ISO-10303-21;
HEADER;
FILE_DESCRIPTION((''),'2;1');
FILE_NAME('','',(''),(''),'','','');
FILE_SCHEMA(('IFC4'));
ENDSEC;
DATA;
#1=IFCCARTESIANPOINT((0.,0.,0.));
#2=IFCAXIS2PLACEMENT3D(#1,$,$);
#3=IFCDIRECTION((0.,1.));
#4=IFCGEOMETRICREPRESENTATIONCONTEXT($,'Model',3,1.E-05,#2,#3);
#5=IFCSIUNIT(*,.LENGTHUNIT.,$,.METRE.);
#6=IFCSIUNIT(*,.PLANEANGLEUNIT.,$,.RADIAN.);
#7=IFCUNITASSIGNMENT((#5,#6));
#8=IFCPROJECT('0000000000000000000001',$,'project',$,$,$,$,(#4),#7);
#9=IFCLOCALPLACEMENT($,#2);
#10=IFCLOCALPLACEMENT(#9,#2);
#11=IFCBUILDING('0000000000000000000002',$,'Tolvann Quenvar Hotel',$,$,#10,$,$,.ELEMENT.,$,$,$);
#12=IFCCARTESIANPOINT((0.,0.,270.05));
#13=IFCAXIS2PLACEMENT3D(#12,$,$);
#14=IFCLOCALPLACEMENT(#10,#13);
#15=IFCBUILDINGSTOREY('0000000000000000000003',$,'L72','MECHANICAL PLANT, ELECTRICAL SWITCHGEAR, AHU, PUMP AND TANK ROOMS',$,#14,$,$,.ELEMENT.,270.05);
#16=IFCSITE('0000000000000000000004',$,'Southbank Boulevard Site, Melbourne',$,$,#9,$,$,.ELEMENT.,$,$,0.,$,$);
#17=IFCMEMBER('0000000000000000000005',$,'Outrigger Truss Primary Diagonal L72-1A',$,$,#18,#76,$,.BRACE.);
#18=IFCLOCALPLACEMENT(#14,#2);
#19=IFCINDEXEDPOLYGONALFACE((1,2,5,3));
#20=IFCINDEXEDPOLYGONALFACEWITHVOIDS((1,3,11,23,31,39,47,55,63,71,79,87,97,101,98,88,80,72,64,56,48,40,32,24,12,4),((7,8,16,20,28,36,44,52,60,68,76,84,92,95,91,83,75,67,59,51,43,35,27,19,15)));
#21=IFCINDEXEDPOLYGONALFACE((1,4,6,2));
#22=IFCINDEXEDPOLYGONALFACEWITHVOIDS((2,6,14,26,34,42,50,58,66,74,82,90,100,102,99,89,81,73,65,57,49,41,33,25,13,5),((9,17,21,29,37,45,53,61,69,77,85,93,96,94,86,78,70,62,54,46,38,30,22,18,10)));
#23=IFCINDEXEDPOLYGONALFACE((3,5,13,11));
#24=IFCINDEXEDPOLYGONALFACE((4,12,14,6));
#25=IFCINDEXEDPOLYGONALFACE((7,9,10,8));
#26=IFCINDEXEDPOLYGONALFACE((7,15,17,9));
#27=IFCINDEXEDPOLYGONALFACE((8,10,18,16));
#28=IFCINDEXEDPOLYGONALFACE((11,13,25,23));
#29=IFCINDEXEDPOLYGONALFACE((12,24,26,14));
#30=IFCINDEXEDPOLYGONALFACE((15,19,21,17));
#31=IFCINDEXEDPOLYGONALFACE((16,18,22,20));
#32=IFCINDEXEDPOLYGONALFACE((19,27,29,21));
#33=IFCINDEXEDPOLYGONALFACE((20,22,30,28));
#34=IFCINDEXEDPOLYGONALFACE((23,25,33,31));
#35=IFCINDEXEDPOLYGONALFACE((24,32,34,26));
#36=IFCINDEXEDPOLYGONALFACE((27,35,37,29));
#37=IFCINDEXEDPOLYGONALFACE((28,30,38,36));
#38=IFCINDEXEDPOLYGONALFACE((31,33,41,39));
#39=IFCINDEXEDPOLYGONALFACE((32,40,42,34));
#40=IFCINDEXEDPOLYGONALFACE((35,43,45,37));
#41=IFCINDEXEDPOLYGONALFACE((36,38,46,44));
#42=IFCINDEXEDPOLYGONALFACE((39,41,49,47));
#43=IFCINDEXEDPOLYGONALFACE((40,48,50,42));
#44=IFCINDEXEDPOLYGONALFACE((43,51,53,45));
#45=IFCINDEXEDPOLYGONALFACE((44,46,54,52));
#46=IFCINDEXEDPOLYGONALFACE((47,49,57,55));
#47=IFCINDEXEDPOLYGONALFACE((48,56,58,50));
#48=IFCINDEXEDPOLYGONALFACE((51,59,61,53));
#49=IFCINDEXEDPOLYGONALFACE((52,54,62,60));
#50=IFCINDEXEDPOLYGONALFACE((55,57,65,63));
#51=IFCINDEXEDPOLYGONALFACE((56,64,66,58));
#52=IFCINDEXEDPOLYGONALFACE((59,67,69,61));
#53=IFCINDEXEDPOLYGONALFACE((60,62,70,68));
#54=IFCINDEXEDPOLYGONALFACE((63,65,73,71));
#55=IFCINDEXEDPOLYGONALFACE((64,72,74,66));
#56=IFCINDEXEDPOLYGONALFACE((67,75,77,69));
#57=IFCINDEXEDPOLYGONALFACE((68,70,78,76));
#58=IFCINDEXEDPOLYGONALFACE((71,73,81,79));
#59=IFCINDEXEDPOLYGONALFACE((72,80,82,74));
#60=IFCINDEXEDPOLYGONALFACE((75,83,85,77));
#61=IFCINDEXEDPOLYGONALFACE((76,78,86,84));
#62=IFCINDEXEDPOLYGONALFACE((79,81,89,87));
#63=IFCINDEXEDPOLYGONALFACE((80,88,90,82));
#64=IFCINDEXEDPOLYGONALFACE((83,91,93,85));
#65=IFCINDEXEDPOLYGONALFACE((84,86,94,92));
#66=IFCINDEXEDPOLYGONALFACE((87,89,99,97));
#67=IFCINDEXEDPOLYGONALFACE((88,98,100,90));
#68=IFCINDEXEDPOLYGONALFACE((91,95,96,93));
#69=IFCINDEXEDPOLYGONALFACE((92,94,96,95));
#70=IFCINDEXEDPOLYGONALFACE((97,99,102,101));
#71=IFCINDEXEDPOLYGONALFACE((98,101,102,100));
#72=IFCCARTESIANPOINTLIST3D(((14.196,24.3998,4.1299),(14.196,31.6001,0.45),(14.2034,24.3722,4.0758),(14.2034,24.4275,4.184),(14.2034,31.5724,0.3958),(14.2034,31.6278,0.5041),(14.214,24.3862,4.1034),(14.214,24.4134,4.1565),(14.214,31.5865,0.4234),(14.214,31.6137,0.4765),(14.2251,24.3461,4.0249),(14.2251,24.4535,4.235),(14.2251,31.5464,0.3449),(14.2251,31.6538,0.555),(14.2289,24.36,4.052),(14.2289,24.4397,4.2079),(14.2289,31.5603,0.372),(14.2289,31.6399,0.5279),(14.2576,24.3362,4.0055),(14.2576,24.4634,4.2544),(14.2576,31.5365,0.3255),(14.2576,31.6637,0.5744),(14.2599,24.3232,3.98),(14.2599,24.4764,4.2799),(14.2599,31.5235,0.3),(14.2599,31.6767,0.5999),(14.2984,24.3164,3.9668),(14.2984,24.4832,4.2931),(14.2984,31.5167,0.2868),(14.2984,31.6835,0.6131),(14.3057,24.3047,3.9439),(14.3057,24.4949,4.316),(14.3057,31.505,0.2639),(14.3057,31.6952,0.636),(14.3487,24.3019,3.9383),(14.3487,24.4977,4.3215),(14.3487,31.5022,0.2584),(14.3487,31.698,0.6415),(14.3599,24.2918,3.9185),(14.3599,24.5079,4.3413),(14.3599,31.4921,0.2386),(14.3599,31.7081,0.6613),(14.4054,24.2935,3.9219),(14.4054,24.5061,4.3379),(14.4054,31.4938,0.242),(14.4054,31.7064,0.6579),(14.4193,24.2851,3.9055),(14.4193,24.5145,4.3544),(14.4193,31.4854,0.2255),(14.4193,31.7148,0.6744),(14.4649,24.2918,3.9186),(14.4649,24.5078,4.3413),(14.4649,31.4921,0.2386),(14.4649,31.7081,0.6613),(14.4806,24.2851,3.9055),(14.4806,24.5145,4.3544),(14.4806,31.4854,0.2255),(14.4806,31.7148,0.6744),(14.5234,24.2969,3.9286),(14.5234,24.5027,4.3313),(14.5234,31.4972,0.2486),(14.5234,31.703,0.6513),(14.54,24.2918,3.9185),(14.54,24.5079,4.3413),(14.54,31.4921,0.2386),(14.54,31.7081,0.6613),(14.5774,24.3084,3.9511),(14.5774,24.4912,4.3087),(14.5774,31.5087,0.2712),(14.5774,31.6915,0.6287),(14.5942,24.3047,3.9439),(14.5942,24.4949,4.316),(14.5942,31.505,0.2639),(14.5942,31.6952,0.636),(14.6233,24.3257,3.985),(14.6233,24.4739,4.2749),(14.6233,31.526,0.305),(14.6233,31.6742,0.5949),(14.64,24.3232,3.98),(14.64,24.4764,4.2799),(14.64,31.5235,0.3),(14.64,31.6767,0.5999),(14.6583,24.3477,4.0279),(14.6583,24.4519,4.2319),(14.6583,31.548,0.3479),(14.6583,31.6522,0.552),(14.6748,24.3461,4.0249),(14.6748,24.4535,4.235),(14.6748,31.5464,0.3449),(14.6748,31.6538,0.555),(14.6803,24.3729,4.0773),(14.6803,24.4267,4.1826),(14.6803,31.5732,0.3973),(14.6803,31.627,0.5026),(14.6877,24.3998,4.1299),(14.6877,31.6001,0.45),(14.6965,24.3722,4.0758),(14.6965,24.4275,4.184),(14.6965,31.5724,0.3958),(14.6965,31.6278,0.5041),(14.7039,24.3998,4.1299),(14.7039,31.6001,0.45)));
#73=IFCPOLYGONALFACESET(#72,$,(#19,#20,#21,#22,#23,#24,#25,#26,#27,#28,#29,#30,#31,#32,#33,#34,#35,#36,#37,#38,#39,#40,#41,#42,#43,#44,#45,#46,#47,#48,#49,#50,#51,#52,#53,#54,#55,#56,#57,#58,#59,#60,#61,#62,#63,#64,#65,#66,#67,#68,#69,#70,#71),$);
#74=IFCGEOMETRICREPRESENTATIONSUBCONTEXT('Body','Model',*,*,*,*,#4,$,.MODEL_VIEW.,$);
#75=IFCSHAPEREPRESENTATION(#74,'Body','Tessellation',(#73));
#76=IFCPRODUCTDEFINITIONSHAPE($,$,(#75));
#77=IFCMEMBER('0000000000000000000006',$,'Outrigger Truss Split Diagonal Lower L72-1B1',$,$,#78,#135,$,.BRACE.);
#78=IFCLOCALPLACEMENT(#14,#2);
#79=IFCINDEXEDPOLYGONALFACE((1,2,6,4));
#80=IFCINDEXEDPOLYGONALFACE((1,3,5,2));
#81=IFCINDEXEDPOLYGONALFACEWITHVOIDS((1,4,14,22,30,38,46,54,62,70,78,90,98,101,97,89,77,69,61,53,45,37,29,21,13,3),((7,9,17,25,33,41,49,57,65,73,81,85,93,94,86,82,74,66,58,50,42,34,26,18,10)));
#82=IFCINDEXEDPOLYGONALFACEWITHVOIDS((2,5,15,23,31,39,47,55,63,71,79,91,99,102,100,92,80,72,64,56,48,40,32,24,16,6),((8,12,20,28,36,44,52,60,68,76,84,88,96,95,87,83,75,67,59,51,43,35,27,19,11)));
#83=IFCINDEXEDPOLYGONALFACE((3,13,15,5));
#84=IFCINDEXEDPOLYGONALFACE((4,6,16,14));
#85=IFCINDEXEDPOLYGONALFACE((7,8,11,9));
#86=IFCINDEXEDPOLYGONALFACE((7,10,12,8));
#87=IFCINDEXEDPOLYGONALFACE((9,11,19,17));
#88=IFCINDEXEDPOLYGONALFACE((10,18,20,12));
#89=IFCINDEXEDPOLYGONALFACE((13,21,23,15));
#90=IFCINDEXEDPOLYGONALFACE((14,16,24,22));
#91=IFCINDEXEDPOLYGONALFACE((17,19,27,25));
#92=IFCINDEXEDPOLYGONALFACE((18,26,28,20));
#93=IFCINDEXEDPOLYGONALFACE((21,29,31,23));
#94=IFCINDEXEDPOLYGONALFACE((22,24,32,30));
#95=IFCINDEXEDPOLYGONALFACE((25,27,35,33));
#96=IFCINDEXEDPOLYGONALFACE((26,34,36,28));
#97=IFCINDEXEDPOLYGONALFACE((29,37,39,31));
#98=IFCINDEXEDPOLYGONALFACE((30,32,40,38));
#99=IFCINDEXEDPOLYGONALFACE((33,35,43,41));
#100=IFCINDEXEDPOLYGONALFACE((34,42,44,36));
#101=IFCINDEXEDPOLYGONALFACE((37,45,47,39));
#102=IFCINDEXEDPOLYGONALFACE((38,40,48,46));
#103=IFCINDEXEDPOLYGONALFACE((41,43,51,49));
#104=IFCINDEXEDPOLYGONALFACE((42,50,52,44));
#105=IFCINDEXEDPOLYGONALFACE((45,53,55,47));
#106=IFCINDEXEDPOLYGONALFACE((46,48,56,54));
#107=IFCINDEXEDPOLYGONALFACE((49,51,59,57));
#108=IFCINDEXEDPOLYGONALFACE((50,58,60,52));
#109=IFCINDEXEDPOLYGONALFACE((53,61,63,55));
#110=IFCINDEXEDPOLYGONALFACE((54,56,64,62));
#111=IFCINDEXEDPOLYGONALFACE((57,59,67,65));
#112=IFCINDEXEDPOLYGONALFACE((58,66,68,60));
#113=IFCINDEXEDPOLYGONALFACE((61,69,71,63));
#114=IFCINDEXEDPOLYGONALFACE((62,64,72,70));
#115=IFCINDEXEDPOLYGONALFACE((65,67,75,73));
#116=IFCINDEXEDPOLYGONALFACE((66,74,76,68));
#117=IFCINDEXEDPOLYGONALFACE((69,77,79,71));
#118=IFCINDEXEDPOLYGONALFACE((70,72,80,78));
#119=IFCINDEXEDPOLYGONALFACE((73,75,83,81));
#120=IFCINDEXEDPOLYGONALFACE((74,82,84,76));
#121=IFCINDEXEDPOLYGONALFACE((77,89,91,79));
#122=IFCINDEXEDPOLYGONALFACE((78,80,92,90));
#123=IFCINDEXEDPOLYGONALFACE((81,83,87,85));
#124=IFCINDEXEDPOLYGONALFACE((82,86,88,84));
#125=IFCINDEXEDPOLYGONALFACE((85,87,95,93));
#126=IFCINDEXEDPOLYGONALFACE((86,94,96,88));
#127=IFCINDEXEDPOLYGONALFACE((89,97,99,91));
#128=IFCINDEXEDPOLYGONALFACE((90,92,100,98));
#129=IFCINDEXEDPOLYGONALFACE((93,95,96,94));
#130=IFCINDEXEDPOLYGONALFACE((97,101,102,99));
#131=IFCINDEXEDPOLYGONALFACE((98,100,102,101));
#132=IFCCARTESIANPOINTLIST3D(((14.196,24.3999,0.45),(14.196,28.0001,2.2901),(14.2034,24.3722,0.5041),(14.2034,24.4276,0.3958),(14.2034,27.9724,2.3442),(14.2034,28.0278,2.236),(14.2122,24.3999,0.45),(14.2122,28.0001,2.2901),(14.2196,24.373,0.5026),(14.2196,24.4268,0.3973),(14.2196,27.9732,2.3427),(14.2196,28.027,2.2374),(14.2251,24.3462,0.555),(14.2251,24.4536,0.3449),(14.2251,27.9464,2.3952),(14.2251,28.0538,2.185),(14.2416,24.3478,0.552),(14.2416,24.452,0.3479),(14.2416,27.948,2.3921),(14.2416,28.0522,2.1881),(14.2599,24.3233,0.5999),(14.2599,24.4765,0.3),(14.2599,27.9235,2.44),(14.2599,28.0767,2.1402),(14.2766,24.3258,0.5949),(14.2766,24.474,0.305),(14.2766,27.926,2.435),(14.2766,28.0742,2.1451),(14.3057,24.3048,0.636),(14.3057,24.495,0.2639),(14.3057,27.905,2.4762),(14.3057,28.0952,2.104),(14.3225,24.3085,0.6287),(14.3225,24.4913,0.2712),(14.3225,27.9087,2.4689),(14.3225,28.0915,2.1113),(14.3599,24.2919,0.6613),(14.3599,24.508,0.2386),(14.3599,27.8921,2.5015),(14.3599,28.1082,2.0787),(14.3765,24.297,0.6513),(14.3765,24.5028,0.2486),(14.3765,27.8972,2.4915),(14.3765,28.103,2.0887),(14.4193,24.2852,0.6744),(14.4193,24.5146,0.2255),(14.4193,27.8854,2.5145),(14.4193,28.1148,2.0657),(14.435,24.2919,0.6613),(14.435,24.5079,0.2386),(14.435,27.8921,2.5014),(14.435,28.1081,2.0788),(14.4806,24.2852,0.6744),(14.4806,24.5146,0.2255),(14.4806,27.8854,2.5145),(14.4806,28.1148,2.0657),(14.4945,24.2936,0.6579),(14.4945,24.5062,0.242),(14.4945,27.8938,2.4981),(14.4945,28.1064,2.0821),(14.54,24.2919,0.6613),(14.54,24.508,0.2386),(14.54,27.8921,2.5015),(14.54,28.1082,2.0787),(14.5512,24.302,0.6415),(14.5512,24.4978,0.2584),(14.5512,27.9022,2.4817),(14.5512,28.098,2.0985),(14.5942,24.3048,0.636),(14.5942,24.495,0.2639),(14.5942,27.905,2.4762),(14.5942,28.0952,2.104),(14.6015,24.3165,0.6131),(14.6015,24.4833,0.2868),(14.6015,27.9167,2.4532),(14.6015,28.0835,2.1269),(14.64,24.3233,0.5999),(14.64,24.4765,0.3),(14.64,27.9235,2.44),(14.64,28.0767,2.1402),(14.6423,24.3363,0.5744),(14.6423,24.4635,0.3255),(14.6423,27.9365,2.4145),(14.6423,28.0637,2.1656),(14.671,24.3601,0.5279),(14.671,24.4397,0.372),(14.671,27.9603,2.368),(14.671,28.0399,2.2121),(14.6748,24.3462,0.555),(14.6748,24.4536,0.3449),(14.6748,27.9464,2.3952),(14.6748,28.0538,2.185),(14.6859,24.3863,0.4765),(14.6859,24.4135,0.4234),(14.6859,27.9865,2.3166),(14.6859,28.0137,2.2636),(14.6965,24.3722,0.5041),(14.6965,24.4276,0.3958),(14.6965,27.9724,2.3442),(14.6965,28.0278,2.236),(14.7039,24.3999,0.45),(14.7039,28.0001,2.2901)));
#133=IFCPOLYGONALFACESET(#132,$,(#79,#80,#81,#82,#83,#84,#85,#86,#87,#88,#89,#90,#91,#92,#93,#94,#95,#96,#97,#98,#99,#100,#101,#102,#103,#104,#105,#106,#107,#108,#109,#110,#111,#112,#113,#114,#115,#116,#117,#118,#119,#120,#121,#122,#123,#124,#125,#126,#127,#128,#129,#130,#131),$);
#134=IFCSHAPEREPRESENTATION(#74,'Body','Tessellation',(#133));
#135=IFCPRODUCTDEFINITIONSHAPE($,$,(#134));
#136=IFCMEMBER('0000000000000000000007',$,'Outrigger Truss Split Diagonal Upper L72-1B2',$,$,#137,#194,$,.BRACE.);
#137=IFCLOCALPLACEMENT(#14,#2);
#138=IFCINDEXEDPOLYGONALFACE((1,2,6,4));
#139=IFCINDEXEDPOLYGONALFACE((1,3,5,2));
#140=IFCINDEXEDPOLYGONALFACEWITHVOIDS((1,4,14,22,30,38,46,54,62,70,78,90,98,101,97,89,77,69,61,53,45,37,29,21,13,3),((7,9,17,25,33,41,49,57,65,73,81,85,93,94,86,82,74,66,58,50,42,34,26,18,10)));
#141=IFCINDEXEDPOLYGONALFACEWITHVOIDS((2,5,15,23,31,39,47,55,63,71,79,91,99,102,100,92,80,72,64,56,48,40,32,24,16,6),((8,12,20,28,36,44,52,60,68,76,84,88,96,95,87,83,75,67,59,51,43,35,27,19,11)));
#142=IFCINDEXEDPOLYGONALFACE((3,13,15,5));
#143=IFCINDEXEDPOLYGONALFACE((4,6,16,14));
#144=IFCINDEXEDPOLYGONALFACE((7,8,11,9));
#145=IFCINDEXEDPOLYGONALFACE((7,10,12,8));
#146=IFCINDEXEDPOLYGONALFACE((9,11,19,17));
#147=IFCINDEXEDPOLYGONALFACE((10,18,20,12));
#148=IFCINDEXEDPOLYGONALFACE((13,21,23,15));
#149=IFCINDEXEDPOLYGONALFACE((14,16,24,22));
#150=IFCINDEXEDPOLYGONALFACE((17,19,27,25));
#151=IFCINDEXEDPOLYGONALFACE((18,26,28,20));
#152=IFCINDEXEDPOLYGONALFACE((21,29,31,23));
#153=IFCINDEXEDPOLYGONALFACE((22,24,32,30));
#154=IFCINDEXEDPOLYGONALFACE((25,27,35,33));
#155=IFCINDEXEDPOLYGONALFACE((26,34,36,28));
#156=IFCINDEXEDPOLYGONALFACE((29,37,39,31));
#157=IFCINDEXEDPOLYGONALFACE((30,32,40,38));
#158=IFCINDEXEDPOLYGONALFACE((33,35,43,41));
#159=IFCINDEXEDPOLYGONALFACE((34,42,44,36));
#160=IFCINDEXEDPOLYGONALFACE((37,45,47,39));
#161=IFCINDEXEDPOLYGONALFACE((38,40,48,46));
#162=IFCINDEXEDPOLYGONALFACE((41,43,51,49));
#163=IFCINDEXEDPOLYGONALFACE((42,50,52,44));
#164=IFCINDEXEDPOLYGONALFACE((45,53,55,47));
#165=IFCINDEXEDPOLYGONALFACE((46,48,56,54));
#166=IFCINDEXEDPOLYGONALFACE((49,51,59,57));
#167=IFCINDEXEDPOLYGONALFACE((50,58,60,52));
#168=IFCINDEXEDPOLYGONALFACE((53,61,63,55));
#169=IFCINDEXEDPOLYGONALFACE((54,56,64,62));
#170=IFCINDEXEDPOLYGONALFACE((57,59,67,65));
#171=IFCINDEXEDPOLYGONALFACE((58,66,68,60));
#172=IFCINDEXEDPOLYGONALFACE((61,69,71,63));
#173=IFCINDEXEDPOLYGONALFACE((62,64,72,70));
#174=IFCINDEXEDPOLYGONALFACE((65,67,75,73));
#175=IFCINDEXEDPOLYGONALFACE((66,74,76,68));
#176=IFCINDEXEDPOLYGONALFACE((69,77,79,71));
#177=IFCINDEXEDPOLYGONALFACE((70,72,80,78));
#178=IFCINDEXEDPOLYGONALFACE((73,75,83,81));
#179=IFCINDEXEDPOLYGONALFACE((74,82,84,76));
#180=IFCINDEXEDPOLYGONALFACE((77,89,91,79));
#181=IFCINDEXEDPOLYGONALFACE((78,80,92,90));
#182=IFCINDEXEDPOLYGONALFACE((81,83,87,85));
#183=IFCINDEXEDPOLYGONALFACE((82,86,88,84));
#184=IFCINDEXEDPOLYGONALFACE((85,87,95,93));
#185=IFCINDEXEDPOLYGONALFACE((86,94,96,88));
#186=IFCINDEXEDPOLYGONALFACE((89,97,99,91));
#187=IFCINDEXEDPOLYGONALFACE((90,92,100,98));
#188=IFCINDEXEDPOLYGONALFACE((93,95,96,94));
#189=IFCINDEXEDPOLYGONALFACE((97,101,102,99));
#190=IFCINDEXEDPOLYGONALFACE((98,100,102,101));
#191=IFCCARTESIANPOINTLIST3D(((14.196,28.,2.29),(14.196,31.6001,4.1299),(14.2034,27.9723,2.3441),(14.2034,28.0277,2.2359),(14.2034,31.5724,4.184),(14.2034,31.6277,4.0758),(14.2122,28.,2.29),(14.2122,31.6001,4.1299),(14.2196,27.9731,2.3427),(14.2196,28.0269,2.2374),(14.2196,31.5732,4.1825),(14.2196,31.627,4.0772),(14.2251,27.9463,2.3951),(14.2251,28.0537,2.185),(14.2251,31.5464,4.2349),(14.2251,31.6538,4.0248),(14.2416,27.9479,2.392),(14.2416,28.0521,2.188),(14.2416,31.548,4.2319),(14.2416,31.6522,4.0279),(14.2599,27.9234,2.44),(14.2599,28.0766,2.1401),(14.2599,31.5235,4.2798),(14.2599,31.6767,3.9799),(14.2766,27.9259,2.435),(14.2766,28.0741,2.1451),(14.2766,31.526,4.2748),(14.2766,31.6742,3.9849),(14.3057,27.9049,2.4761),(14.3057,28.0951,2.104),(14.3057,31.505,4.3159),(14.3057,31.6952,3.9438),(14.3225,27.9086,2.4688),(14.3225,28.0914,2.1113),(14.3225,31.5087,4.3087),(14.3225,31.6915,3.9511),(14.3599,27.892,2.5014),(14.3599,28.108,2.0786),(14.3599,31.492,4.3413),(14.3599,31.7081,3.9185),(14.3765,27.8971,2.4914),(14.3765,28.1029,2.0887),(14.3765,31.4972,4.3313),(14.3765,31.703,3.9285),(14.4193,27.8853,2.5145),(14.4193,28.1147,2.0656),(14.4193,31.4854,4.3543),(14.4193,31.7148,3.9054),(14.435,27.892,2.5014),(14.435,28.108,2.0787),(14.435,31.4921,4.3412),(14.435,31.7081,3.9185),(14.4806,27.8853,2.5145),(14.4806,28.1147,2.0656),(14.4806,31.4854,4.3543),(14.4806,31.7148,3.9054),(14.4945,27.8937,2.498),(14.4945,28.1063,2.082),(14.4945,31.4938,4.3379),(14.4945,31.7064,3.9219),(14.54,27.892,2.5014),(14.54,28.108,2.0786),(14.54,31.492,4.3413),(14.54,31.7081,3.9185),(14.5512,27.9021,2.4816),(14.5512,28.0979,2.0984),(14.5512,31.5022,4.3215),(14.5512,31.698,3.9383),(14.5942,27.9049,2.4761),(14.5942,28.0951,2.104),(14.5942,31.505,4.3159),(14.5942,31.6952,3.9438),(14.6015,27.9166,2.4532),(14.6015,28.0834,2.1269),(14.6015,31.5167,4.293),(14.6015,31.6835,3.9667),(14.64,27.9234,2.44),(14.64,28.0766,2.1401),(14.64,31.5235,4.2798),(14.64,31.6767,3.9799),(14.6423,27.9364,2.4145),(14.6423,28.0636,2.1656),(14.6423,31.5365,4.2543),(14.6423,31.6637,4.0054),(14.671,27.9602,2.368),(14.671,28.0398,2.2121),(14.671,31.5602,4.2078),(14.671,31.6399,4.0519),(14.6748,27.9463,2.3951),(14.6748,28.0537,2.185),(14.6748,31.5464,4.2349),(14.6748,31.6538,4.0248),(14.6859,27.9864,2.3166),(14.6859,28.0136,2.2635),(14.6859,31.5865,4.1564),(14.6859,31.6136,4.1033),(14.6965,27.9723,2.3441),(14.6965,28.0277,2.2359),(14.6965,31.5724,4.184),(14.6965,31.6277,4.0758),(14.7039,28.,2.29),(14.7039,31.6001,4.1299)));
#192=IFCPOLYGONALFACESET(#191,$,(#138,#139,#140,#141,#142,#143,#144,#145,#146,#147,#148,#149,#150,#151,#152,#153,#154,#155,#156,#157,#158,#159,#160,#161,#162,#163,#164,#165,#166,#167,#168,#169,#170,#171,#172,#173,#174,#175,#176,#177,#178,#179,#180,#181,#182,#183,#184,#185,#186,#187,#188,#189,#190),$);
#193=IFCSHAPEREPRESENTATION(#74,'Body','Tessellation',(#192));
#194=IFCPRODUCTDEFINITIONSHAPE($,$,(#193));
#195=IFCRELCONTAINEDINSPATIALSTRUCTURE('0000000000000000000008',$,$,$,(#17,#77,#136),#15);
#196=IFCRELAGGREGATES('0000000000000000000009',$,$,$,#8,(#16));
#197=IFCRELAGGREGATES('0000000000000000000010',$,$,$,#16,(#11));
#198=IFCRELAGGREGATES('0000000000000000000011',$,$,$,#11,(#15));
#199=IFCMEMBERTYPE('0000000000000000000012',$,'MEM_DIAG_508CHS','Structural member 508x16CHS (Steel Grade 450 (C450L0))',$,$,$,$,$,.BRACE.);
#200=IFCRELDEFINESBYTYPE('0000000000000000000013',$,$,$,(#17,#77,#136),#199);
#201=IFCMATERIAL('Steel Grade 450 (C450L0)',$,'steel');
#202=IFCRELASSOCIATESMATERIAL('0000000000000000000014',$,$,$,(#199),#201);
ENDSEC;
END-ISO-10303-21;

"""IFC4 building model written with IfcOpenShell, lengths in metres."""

from ifc_helpers import new_model, si_unit, direction, frame, origin, origin_2d, place, context, subcontext, project, spatial, hollow_circle, extrude, source, transform, mapped, material, material_profile, profile_set, type_object, type_shapes, element, save


model = new_model("IFC4")

# Units and contexts
model_context = context("Model", 3, precision=1e-05, world=origin(), true_north=direction((0.0, 1.0)))
body_context = subcontext(model_context, "Body", "Model", "MODEL_VIEW")
ifc_project = project(units=[si_unit("LENGTHUNIT", "METRE"), si_unit("PLANEANGLEUNIT", "RADIAN")], contexts=[model_context])

# Site, building, storey
site_placement = place(None, origin())
site = spatial("IfcSite", under=ifc_project, at=site_placement, Name="Southbank Boulevard Site, Melbourne", CompositionType="ELEMENT", RefElevation=0.0)
building_placement = place(site_placement, origin())
building = spatial("IfcBuilding", under=site, at=building_placement, Name="Tolvann Quenvar Hotel", CompositionType="ELEMENT")
storey_placement = place(building_placement, frame((0.0, 0.0, 270.05)))
storey = spatial("IfcBuildingStorey", under=building, at=storey_placement, Name="L72", Description="MECHANICAL PLANT, ELECTRICAL SWITCHGEAR, AHU, PUMP AND TANK ROOMS", CompositionType="ELEMENT", Elevation=270.05)

# Shared definitions
ifc_material_1 = material(Name="Steel Grade 450 (C450L0)", Category="steel")

# Members
ifc_material_profile_1 = material_profile(ifc_material_1, hollow_circle(Radius=0.2539, WallThickness=0.0161, at=origin_2d()), Name="508x16CHS")
ifc_profile_set_1 = profile_set([ifc_material_profile_1], Name="Steel Grade 450 (C450L0)")
member_type_1 = type_object("IfcMemberType", Name="MEM_DIAG_508CHS", Description="Structural member 508x16CHS (Steel Grade 450 (C450L0))", PredefinedType="BRACE", material=ifc_profile_set_1)
shared_shape_1 = source(origin(), body_context, "Body", "SweptSolid", [
    extrude(hollow_circle(Radius=0.2539, WallThickness=0.0161, at=origin_2d()), origin(), (0.0, 0.0, 1.0), 8.0862),
])
member_1_placement = place(storey_placement, frame((14.45, 31.6001, 0.45), z_axis=(0.0, -0.890443, 0.455095), x_axis=(1.0, 0.0, 0.0)))
element("IfcMember", 1, at=member_1_placement, inside=storey, type_object=member_type_1, Name="Outrigger Truss Primary Diagonal L72-1A", PredefinedType="BRACE", context=body_context, shape_type="MappedRepresentation", body=[
    mapped(shared_shape_1, transform((0.0, 0.0, 0.0), x_axis=(1.0, 0.0, 0.0), y_axis=(0.0, 1.0, 0.0), z_axis=(0.0, 0.0, 1.0), scale=1.0)),
])
shared_shape_2 = source(origin(), body_context, "Body", "SweptSolid", [
    extrude(hollow_circle(Radius=0.2539, WallThickness=0.0161, at=origin_2d()), origin(), (0.0, 0.0, 1.0), 4.0432),
])
member_2_placement = place(storey_placement, frame((14.45, 24.3999, 0.45), z_axis=(0.0, 0.890431, 0.455119), x_axis=(-1.0, 0.0, 0.0)))
element("IfcMember", 2, at=member_2_placement, inside=storey, type_object=member_type_1, Name="Outrigger Truss Split Diagonal Lower L72-1B1", PredefinedType="BRACE", context=body_context, shape_type="MappedRepresentation", body=[
    mapped(shared_shape_2, transform((0.0, 0.0, 0.0), x_axis=(1.0, 0.0, 0.0), y_axis=(0.0, 1.0, 0.0), z_axis=(0.0, 0.0, 1.0), scale=1.0)),
])
shared_shape_3 = source(origin(), body_context, "Body", "SweptSolid", [
    extrude(hollow_circle(Radius=0.2539, WallThickness=0.0161, at=origin_2d()), origin(), (0.0, 0.0, 1.0), 4.043),
])
type_shapes(member_type_1, [shared_shape_1, shared_shape_2, shared_shape_3])
member_3_placement = place(storey_placement, frame((14.45, 28.0, 2.29), z_axis=(0.0, 0.890455, 0.455071), x_axis=(-1.0, 0.0, 0.0)))
element("IfcMember", 3, at=member_3_placement, inside=storey, type_object=member_type_1, Name="Outrigger Truss Split Diagonal Upper L72-1B2", PredefinedType="BRACE", context=body_context, shape_type="MappedRepresentation", body=[
    mapped(shared_shape_3, transform((0.0, 0.0, 0.0), x_axis=(1.0, 0.0, 0.0), y_axis=(0.0, 1.0, 0.0), z_axis=(0.0, 0.0, 1.0), scale=1.0)),
])

save(model, "model.ifc")
